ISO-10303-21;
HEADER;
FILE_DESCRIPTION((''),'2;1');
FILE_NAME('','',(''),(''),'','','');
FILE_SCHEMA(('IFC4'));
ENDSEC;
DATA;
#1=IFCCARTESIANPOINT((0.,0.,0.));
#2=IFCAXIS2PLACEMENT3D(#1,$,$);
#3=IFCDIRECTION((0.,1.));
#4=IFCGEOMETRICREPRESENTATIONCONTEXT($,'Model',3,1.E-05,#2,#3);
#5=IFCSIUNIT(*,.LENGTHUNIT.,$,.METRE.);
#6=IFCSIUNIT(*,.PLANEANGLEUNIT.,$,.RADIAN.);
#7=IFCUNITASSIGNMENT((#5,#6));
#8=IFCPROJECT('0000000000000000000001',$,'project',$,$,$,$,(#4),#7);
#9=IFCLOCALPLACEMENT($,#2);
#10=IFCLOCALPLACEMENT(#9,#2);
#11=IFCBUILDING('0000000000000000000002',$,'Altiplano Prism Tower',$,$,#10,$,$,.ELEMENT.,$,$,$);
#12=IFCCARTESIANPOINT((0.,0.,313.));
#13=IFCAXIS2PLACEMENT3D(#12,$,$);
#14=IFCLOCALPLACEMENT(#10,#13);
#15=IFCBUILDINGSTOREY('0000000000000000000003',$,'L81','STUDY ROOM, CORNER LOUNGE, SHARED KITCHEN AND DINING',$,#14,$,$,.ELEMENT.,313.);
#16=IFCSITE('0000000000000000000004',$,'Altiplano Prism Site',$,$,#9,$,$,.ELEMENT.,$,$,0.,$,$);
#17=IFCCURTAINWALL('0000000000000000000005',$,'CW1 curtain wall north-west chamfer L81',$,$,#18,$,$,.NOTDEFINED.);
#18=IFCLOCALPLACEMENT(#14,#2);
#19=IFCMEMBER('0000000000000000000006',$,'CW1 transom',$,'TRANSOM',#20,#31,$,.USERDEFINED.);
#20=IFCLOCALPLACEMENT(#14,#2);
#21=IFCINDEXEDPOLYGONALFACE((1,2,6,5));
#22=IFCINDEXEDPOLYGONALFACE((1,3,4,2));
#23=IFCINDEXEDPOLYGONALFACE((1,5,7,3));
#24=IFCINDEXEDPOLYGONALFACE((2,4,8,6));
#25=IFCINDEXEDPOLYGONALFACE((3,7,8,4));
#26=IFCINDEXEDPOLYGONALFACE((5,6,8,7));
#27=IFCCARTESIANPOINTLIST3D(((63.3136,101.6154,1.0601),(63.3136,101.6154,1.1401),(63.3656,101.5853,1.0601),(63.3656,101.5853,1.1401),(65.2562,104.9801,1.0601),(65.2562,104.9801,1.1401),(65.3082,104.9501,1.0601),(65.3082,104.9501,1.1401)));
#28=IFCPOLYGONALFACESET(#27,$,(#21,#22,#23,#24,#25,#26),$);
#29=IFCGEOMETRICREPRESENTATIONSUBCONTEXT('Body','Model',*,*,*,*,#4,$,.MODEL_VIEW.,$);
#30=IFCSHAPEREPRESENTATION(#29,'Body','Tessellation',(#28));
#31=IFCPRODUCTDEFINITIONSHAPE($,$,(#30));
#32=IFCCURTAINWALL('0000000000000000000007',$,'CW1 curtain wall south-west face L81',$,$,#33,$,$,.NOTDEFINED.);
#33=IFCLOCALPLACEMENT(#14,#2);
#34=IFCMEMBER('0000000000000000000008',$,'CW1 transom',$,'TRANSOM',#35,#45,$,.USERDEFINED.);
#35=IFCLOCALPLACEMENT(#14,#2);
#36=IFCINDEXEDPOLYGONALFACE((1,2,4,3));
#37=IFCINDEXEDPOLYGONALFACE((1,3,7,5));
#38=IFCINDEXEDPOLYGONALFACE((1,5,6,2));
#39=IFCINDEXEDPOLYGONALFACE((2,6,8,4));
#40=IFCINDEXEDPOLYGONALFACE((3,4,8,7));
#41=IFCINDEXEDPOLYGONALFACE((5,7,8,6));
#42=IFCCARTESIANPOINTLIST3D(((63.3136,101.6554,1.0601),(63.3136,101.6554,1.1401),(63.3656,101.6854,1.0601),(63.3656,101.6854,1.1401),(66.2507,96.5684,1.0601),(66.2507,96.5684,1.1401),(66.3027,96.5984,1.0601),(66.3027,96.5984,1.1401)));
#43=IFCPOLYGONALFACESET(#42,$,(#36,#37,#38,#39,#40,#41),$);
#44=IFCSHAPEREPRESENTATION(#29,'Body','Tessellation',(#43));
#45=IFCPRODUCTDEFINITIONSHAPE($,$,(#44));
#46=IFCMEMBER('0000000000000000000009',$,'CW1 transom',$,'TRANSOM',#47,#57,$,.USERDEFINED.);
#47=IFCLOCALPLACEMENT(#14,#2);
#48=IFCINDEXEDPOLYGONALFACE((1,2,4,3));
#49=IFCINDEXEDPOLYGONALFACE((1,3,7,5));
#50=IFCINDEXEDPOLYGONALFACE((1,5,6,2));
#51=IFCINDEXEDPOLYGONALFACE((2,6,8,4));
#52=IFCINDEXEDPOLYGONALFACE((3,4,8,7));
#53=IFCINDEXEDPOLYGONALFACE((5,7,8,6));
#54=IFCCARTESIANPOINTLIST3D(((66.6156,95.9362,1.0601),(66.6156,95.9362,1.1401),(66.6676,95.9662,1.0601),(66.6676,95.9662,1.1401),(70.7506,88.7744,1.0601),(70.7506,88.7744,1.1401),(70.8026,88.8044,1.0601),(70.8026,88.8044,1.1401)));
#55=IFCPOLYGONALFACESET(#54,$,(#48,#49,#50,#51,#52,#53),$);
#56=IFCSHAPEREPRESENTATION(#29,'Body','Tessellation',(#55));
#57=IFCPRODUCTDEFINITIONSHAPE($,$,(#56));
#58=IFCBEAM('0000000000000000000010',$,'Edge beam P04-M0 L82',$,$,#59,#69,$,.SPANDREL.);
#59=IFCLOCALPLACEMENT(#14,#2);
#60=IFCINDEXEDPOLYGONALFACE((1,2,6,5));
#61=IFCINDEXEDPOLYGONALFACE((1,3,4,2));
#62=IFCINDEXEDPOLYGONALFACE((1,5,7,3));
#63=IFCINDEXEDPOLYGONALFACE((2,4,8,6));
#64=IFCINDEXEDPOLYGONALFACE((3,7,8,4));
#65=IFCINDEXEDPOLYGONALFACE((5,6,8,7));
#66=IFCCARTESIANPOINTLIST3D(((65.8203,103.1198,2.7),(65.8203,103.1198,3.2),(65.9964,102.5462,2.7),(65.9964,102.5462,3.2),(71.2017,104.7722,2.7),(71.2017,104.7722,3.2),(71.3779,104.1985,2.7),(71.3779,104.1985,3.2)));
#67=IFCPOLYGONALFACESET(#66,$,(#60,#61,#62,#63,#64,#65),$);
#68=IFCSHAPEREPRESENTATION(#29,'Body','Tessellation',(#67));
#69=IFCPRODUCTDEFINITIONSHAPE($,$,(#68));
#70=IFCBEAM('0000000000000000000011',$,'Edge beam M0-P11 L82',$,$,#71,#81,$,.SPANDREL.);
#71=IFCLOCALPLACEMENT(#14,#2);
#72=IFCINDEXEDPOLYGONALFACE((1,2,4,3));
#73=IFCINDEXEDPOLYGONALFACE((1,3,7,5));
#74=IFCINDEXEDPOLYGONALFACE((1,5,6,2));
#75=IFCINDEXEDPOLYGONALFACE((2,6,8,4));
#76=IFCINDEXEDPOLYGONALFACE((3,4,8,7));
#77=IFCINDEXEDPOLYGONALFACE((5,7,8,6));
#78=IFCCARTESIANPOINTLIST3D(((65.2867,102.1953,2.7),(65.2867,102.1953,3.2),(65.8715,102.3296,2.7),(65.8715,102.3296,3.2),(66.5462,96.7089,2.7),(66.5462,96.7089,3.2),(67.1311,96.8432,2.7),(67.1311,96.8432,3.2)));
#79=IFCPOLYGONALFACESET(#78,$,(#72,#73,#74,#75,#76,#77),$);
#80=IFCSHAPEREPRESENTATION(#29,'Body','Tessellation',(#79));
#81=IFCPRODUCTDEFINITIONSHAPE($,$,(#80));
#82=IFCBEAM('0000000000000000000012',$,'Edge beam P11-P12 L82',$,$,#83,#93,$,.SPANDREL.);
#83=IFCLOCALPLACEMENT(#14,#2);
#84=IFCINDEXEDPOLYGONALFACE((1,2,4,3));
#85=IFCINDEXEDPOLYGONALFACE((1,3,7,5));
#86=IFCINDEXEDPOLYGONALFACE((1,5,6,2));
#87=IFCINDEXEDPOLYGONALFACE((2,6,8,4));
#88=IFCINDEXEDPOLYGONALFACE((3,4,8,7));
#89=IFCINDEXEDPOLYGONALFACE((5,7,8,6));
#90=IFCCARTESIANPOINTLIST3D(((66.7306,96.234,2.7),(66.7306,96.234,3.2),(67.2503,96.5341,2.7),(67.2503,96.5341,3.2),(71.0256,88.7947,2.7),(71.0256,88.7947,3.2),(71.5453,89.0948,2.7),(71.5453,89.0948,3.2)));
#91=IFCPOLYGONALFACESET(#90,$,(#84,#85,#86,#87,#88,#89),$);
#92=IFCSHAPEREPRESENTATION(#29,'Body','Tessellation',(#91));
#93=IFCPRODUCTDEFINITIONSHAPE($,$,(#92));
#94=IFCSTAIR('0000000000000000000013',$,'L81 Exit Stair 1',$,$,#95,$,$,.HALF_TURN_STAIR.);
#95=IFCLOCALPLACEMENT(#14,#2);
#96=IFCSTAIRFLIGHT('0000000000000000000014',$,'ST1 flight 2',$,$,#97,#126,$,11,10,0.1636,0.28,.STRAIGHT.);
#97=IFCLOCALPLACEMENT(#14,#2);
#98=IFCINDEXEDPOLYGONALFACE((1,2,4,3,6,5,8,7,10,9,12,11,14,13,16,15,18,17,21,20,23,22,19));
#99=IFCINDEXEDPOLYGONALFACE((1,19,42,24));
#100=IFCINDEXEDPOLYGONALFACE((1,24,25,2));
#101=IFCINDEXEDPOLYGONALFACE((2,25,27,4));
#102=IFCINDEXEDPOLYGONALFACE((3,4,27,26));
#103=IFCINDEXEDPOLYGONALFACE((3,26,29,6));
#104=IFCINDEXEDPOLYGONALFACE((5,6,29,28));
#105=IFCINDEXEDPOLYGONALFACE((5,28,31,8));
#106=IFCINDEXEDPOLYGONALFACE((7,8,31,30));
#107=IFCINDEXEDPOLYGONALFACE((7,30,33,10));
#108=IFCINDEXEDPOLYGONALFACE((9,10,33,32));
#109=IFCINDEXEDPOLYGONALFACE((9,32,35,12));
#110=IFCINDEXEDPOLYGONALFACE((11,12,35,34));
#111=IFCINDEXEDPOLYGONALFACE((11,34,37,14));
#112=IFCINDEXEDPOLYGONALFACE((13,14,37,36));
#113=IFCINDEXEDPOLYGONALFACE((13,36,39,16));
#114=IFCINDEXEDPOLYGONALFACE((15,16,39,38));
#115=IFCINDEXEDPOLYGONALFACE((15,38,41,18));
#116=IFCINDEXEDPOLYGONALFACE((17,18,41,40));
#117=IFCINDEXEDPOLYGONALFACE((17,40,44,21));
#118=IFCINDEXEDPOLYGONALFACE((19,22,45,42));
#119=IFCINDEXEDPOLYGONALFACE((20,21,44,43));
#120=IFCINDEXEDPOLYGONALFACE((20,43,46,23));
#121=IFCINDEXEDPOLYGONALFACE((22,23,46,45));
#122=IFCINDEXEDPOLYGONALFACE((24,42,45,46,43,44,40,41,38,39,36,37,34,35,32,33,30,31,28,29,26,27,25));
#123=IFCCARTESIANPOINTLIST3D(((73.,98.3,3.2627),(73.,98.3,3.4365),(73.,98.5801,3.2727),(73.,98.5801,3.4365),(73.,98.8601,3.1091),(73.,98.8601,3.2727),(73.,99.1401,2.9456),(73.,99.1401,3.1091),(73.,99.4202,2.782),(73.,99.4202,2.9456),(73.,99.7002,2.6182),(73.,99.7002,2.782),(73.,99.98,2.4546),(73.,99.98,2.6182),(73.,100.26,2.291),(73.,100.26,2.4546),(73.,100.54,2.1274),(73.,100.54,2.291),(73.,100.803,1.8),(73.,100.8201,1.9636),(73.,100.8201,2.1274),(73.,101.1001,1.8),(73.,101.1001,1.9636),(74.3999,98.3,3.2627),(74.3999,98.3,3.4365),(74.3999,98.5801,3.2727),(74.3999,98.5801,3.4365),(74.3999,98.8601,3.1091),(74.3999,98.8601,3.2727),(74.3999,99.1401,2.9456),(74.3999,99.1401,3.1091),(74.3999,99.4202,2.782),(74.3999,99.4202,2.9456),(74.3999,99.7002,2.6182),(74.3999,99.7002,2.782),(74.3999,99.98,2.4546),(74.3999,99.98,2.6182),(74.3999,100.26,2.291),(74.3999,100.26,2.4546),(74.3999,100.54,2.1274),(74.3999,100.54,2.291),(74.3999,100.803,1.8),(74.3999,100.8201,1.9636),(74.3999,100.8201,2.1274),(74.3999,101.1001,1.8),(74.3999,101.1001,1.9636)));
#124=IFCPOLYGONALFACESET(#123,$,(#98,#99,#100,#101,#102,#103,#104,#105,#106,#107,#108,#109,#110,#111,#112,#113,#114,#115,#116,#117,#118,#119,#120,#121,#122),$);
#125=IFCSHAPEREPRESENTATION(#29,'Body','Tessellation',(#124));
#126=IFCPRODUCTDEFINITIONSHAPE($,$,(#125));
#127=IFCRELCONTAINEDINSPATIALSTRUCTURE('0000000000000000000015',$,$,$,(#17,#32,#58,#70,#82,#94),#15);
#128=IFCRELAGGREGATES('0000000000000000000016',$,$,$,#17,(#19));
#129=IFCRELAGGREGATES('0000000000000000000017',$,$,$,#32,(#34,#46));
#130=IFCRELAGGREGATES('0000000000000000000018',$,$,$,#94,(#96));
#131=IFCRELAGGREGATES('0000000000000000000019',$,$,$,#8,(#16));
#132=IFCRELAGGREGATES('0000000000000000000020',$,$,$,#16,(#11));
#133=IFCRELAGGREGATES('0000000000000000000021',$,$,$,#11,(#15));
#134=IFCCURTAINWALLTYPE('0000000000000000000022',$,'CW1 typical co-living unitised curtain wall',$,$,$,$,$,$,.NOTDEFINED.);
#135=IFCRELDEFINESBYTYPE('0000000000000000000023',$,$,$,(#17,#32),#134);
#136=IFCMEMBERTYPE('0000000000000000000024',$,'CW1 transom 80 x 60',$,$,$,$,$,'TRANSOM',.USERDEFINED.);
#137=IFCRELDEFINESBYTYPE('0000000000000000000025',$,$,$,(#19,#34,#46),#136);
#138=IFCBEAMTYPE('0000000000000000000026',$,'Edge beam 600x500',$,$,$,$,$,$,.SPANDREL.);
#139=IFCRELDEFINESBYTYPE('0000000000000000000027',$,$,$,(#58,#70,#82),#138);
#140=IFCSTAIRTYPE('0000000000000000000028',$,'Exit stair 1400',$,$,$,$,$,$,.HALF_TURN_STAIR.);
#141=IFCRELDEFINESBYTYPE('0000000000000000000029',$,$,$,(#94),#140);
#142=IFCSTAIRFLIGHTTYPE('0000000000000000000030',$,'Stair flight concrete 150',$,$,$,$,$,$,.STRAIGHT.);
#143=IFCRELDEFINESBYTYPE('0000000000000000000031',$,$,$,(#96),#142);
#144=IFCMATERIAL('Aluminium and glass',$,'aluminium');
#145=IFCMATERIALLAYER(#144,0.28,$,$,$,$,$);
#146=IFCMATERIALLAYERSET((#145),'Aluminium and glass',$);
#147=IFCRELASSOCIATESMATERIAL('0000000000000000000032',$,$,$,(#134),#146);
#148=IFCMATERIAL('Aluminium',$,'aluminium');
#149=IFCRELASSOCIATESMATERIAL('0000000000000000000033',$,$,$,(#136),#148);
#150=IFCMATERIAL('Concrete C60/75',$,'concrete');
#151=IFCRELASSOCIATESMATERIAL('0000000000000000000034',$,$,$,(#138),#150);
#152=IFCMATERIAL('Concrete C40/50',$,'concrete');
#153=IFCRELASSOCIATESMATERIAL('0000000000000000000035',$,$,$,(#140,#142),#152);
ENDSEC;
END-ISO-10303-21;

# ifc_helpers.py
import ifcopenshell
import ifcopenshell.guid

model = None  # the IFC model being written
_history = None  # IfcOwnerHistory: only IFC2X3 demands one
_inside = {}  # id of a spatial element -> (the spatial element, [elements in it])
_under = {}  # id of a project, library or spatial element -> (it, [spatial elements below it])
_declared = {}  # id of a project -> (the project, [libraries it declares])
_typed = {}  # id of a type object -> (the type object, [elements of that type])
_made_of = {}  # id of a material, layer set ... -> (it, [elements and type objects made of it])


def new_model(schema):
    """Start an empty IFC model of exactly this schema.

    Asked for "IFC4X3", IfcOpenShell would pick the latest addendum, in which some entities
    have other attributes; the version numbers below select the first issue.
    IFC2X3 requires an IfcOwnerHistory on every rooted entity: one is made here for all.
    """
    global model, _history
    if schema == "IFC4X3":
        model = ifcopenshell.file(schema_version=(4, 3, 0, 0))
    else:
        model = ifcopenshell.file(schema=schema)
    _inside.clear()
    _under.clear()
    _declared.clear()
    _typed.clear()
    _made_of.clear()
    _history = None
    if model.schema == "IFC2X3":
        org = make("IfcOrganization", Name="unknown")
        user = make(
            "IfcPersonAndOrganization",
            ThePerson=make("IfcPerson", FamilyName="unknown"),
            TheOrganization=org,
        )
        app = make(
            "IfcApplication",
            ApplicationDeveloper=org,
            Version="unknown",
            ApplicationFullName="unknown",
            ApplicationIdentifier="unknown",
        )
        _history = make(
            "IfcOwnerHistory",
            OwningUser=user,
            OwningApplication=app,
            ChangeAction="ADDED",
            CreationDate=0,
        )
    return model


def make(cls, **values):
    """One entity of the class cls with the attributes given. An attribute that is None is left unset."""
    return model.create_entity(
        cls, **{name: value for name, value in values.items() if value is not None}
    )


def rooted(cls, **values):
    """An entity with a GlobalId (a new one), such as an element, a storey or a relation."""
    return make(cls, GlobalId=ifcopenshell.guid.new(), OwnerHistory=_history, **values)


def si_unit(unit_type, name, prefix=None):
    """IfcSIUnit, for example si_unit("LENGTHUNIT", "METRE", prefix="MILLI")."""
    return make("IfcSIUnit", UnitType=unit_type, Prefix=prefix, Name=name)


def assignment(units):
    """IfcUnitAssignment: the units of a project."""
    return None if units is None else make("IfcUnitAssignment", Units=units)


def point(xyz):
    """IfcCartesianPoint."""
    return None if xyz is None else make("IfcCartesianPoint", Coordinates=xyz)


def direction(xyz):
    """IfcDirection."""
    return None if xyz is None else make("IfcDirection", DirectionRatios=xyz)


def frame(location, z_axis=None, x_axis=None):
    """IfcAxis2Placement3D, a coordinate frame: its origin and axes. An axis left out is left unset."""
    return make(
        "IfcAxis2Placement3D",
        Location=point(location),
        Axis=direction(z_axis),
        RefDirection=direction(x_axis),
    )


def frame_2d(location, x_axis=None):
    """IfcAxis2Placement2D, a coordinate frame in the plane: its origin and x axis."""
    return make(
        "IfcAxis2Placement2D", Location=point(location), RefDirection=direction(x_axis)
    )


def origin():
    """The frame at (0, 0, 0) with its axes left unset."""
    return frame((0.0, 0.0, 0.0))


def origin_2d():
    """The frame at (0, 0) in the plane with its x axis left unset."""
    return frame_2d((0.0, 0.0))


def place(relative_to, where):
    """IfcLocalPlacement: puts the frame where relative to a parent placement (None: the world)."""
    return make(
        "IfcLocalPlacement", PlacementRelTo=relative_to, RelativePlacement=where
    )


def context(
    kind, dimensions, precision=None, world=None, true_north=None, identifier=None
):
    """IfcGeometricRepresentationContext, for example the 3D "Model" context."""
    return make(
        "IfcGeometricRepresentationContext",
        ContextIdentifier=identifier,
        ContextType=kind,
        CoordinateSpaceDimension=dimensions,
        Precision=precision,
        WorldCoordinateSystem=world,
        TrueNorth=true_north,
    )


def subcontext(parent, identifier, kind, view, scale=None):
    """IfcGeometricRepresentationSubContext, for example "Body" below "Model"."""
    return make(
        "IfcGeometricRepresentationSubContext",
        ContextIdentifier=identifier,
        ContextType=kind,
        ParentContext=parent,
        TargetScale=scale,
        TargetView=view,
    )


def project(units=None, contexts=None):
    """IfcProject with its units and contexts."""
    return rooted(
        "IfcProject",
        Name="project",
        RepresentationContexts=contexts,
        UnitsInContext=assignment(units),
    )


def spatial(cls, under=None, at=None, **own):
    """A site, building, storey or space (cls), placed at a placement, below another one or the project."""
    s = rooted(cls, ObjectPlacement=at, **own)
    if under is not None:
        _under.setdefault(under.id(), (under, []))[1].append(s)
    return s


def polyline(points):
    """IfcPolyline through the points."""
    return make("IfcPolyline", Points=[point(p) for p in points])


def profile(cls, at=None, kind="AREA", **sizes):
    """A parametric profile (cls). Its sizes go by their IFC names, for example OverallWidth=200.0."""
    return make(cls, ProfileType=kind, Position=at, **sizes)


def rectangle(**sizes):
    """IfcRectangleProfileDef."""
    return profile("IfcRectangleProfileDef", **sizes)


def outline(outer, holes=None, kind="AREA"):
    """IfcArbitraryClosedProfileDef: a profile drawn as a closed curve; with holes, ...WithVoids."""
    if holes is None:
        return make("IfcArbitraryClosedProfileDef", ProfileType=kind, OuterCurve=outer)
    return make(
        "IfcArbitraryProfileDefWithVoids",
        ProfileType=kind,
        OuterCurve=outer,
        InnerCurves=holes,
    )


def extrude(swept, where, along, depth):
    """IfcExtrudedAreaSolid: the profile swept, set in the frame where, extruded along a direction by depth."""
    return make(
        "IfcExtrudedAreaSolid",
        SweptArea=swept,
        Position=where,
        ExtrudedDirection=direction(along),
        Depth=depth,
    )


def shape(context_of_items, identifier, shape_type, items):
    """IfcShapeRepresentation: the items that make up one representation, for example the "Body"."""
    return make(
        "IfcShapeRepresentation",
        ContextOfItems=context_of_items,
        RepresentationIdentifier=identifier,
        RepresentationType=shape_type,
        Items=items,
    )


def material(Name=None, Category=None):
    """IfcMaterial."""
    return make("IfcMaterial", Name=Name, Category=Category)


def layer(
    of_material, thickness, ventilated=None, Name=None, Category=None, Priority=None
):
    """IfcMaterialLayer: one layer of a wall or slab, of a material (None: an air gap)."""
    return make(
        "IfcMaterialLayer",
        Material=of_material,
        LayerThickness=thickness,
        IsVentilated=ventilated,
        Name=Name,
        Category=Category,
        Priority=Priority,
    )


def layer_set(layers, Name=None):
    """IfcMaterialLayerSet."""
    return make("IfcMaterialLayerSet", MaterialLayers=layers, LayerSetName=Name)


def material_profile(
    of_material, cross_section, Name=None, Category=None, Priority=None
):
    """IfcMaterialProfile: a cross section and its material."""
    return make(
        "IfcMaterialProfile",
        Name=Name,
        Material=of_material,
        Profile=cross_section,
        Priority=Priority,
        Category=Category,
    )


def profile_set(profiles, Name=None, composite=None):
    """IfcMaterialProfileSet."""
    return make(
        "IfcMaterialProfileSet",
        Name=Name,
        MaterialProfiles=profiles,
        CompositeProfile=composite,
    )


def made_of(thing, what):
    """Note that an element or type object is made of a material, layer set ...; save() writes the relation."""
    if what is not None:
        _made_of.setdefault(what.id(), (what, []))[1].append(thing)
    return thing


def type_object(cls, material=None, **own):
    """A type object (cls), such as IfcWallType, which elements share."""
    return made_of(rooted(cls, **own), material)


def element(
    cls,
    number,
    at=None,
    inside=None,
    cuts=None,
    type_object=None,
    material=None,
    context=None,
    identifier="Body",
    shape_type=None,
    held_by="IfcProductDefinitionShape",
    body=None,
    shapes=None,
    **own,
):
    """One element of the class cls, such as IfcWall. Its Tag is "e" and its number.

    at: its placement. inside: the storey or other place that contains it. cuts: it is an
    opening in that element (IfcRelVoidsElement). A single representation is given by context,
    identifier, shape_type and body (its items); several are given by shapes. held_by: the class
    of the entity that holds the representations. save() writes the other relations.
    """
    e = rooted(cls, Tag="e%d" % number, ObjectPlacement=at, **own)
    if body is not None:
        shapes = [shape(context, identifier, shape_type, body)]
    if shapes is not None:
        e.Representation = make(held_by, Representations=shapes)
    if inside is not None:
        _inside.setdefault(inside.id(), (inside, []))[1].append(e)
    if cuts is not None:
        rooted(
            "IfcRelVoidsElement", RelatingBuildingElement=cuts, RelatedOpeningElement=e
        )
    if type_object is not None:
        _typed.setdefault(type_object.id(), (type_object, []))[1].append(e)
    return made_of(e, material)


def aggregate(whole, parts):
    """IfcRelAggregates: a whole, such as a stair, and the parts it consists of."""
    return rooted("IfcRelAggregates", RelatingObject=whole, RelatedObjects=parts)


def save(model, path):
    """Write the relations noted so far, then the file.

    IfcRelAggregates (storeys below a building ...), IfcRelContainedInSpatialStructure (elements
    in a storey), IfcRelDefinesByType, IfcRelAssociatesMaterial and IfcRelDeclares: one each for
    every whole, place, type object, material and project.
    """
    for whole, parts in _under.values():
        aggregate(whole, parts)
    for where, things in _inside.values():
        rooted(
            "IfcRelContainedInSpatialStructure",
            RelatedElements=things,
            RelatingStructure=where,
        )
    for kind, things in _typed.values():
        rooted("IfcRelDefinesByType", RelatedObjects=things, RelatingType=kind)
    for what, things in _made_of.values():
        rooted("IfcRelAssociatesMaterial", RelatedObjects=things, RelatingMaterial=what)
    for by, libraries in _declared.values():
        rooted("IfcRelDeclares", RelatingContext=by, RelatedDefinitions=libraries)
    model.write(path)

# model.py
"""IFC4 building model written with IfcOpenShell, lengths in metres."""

from ifc_helpers import new_model, si_unit, direction, frame, origin, origin_2d, place, context, subcontext, project, spatial, polyline, rectangle, outline, extrude, material, layer, layer_set, material_profile, profile_set, type_object, element, aggregate, save


model = new_model("IFC4")

# Units and contexts
model_context = context("Model", 3, precision=1e-05, world=origin(), true_north=direction((0.0, 1.0)))
body_context = subcontext(model_context, "Body", "Model", "MODEL_VIEW")
ifc_project = project(units=[si_unit("LENGTHUNIT", "METRE"), si_unit("PLANEANGLEUNIT", "RADIAN")], contexts=[model_context])

# Site, building, storey
site_placement = place(None, origin())
site = spatial("IfcSite", under=ifc_project, at=site_placement, Name="Altiplano Prism Site", CompositionType="ELEMENT", RefElevation=0.0)
building_placement = place(site_placement, origin())
building = spatial("IfcBuilding", under=site, at=building_placement, Name="Altiplano Prism Tower", CompositionType="ELEMENT")
storey_placement = place(building_placement, frame((0.0, 0.0, 313.0)))
storey = spatial("IfcBuildingStorey", under=building, at=storey_placement, Name="L81", Description="STUDY ROOM, CORNER LOUNGE, SHARED KITCHEN AND DINING", CompositionType="ELEMENT", Elevation=313.0)

# Curtain wall, member
ifc_material_1 = material(Name="Aluminium and glass", Category="aluminium")
ifc_layer = layer(ifc_material_1, 0.28)
ifc_layer_set = layer_set([ifc_layer], Name="Aluminium and glass")
curtain_wall_type = type_object("IfcCurtainWallType", Name="CW1 typical co-living unitised curtain wall", PredefinedType="NOTDEFINED", material=ifc_layer_set)
curtain_wall_1_placement = place(storey_placement, origin())
curtain_wall_1 = element("IfcCurtainWall", 1, at=curtain_wall_1_placement, inside=storey, type_object=curtain_wall_type, Name="CW1 curtain wall north-west chamfer L81", PredefinedType="NOTDEFINED")
ifc_material_2 = material(Name="Aluminium", Category="aluminium")
ifc_material_profile_1 = material_profile(ifc_material_2, rectangle(XDim=0.0601, YDim=0.0801, at=origin_2d()), Name="CW1 transom 80 x 60")
ifc_profile_set_1 = profile_set([ifc_material_profile_1], Name="Aluminium")
member_type = type_object("IfcMemberType", Name="CW1 transom 80 x 60", ElementType="TRANSOM", PredefinedType="USERDEFINED", material=ifc_profile_set_1)
member_1_placement = place(storey_placement, frame((65.2822, 104.9651, 1.1001), z_axis=(-0.499998, -0.866027, 0.0), x_axis=(0.866027, -0.499998, 0.0)))
member_1 = element("IfcMember", 2, at=member_1_placement, type_object=member_type, Name="CW1 transom", ObjectType="TRANSOM", PredefinedType="USERDEFINED", context=body_context, shape_type="SweptSolid", body=[
    extrude(rectangle(XDim=0.0601, YDim=0.0801, at=origin_2d()), origin(), (0.0, 0.0, 1.0), 3.8853),
])
aggregate(curtain_wall_1, [member_1])

# Curtain wall, members
curtain_wall_2_placement = place(storey_placement, origin())
curtain_wall_2 = element("IfcCurtainWall", 3, at=curtain_wall_2_placement, inside=storey, type_object=curtain_wall_type, Name="CW1 curtain wall south-west face L81", PredefinedType="NOTDEFINED")
member_2_placement = place(storey_placement, frame((63.3396, 101.6704, 1.1001), z_axis=(0.50001, -0.866019, 0.0), x_axis=(0.866019, 0.50001, 0.0)))
member_2 = element("IfcMember", 4, at=member_2_placement, type_object=member_type, Name="CW1 transom", ObjectType="TRANSOM", PredefinedType="USERDEFINED", context=body_context, shape_type="SweptSolid", body=[
    extrude(rectangle(XDim=0.0601, YDim=0.0801, at=origin_2d()), origin(), (0.0, 0.0, 1.0), 5.874),
])
member_3_placement = place(storey_placement, frame((66.6416, 95.9512, 1.1001), z_axis=(0.50001, -0.86602, 0.0), x_axis=(0.86602, 0.50001, 0.0)))
member_3 = element("IfcMember", 5, at=member_3_placement, type_object=member_type, Name="CW1 transom", ObjectType="TRANSOM", PredefinedType="USERDEFINED", context=body_context, shape_type="SweptSolid", body=[
    extrude(rectangle(XDim=0.0601, YDim=0.0801, at=origin_2d()), origin(), (0.0, 0.0, 1.0), 8.2698),
])
aggregate(curtain_wall_2, [member_2, member_3])

# Beams
ifc_material_3 = material(Name="Concrete C60/75", Category="concrete")
ifc_material_profile_2 = material_profile(ifc_material_3, rectangle(XDim=0.6001, YDim=0.5, at=origin_2d()), Name="Edge beam 600x500")
ifc_profile_set_2 = profile_set([ifc_material_profile_2], Name="Concrete C60/75")
beam_type = type_object("IfcBeamType", Name="Edge beam 600x500", PredefinedType="SPANDREL", material=ifc_profile_set_2)
beam_1_placement = place(storey_placement, frame((71.2898, 104.4854, 2.95), z_axis=(-0.955951, -0.293525, 0.0), x_axis=(0.293525, -0.955951, 0.0)))
element("IfcBeam", 6, at=beam_1_placement, inside=storey, type_object=beam_type, Name="Edge beam P04-M0 L82", PredefinedType="SPANDREL", context=body_context, shape_type="SweptSolid", body=[
    extrude(rectangle(XDim=0.6001, YDim=0.5, at=origin_2d()), origin(), (0.0, 0.0, 1.0), 5.6294),
])
beam_2_placement = place(storey_placement, frame((65.5791, 102.2625, 2.95), z_axis=(0.223754, -0.974646, 0.0), x_axis=(0.974646, 0.223754, 0.0)))
element("IfcBeam", 7, at=beam_2_placement, inside=storey, type_object=beam_type, Name="Edge beam M0-P11 L82", PredefinedType="SPANDREL", context=body_context, shape_type="SweptSolid", body=[
    extrude(rectangle(XDim=0.6001, YDim=0.5, at=origin_2d()), origin(), (0.0, 0.0, 1.0), 5.6292),
])
beam_3_placement = place(storey_placement, frame((66.9905, 96.384, 2.95), z_axis=(0.499991, -0.866031, 0.0), x_axis=(0.866031, 0.499991, 0.0)))
element("IfcBeam", 8, at=beam_3_placement, inside=storey, type_object=beam_type, Name="Edge beam P11-P12 L82", PredefinedType="SPANDREL", context=body_context, shape_type="SweptSolid", body=[
    extrude(rectangle(XDim=0.6001, YDim=0.5, at=origin_2d()), origin(), (0.0, 0.0, 1.0), 8.5901),
])

# Stair, stair flight
ifc_material_4 = material(Name="Concrete C40/50", Category="concrete")
stair_type = type_object("IfcStairType", Name="Exit stair 1400", PredefinedType="HALF_TURN_STAIR", material=ifc_material_4)
stair_placement = place(storey_placement, origin())
stair = element("IfcStair", 9, at=stair_placement, inside=storey, type_object=stair_type, Name="L81 Exit Stair 1", PredefinedType="HALF_TURN_STAIR")
stair_flight_type = type_object("IfcStairFlightType", Name="Stair flight concrete 150", PredefinedType="STRAIGHT", material=ifc_material_4)
stair_flight_placement = place(storey_placement, frame((73.7, 101.1001, 1.8), z_axis=(0.0, 0.0, 1.0), x_axis=(0.0, -1.0, 0.0)))
stair_flight = element("IfcStairFlight", 10, at=stair_flight_placement, type_object=stair_flight_type, Name="ST1 flight 2", NumberOfRisers=11, NumberOfTreads=10, PredefinedType="STRAIGHT", RiserHeight=0.1636, TreadLength=0.28, context=body_context, shape_type="SweptSolid", body=[
    extrude(outline(polyline([(0.0, 0.0), (0.0, 0.1636), (0.28, 0.1636), (0.28, 0.3274), (0.5601, 0.3274), (0.5601, 0.491), (0.8401, 0.491), (0.8401, 0.6545), (1.1201, 0.6545), (1.1201, 0.8181), (1.3999, 0.8181), (1.3999, 0.9819), (1.6799, 0.9819), (1.6799, 1.1455), (1.96, 1.1455), (1.96, 1.3091), (2.24, 1.3091), (2.24, 1.4727), (2.52, 1.4727), (2.52, 1.6365), (2.8, 1.6365), (2.8, 1.8), (2.8, 1.4626), (0.2971, 0.0), (0.0, 0.0)])), frame((0.0, 0.7, 0.0), z_axis=(0.0, -1.0, 0.0), x_axis=(1.0, 0.0, 0.0)), (0.0, 0.0, 1.0), 1.3999),
])
aggregate(stair, [stair_flight])

save(model, "model.ifc")
